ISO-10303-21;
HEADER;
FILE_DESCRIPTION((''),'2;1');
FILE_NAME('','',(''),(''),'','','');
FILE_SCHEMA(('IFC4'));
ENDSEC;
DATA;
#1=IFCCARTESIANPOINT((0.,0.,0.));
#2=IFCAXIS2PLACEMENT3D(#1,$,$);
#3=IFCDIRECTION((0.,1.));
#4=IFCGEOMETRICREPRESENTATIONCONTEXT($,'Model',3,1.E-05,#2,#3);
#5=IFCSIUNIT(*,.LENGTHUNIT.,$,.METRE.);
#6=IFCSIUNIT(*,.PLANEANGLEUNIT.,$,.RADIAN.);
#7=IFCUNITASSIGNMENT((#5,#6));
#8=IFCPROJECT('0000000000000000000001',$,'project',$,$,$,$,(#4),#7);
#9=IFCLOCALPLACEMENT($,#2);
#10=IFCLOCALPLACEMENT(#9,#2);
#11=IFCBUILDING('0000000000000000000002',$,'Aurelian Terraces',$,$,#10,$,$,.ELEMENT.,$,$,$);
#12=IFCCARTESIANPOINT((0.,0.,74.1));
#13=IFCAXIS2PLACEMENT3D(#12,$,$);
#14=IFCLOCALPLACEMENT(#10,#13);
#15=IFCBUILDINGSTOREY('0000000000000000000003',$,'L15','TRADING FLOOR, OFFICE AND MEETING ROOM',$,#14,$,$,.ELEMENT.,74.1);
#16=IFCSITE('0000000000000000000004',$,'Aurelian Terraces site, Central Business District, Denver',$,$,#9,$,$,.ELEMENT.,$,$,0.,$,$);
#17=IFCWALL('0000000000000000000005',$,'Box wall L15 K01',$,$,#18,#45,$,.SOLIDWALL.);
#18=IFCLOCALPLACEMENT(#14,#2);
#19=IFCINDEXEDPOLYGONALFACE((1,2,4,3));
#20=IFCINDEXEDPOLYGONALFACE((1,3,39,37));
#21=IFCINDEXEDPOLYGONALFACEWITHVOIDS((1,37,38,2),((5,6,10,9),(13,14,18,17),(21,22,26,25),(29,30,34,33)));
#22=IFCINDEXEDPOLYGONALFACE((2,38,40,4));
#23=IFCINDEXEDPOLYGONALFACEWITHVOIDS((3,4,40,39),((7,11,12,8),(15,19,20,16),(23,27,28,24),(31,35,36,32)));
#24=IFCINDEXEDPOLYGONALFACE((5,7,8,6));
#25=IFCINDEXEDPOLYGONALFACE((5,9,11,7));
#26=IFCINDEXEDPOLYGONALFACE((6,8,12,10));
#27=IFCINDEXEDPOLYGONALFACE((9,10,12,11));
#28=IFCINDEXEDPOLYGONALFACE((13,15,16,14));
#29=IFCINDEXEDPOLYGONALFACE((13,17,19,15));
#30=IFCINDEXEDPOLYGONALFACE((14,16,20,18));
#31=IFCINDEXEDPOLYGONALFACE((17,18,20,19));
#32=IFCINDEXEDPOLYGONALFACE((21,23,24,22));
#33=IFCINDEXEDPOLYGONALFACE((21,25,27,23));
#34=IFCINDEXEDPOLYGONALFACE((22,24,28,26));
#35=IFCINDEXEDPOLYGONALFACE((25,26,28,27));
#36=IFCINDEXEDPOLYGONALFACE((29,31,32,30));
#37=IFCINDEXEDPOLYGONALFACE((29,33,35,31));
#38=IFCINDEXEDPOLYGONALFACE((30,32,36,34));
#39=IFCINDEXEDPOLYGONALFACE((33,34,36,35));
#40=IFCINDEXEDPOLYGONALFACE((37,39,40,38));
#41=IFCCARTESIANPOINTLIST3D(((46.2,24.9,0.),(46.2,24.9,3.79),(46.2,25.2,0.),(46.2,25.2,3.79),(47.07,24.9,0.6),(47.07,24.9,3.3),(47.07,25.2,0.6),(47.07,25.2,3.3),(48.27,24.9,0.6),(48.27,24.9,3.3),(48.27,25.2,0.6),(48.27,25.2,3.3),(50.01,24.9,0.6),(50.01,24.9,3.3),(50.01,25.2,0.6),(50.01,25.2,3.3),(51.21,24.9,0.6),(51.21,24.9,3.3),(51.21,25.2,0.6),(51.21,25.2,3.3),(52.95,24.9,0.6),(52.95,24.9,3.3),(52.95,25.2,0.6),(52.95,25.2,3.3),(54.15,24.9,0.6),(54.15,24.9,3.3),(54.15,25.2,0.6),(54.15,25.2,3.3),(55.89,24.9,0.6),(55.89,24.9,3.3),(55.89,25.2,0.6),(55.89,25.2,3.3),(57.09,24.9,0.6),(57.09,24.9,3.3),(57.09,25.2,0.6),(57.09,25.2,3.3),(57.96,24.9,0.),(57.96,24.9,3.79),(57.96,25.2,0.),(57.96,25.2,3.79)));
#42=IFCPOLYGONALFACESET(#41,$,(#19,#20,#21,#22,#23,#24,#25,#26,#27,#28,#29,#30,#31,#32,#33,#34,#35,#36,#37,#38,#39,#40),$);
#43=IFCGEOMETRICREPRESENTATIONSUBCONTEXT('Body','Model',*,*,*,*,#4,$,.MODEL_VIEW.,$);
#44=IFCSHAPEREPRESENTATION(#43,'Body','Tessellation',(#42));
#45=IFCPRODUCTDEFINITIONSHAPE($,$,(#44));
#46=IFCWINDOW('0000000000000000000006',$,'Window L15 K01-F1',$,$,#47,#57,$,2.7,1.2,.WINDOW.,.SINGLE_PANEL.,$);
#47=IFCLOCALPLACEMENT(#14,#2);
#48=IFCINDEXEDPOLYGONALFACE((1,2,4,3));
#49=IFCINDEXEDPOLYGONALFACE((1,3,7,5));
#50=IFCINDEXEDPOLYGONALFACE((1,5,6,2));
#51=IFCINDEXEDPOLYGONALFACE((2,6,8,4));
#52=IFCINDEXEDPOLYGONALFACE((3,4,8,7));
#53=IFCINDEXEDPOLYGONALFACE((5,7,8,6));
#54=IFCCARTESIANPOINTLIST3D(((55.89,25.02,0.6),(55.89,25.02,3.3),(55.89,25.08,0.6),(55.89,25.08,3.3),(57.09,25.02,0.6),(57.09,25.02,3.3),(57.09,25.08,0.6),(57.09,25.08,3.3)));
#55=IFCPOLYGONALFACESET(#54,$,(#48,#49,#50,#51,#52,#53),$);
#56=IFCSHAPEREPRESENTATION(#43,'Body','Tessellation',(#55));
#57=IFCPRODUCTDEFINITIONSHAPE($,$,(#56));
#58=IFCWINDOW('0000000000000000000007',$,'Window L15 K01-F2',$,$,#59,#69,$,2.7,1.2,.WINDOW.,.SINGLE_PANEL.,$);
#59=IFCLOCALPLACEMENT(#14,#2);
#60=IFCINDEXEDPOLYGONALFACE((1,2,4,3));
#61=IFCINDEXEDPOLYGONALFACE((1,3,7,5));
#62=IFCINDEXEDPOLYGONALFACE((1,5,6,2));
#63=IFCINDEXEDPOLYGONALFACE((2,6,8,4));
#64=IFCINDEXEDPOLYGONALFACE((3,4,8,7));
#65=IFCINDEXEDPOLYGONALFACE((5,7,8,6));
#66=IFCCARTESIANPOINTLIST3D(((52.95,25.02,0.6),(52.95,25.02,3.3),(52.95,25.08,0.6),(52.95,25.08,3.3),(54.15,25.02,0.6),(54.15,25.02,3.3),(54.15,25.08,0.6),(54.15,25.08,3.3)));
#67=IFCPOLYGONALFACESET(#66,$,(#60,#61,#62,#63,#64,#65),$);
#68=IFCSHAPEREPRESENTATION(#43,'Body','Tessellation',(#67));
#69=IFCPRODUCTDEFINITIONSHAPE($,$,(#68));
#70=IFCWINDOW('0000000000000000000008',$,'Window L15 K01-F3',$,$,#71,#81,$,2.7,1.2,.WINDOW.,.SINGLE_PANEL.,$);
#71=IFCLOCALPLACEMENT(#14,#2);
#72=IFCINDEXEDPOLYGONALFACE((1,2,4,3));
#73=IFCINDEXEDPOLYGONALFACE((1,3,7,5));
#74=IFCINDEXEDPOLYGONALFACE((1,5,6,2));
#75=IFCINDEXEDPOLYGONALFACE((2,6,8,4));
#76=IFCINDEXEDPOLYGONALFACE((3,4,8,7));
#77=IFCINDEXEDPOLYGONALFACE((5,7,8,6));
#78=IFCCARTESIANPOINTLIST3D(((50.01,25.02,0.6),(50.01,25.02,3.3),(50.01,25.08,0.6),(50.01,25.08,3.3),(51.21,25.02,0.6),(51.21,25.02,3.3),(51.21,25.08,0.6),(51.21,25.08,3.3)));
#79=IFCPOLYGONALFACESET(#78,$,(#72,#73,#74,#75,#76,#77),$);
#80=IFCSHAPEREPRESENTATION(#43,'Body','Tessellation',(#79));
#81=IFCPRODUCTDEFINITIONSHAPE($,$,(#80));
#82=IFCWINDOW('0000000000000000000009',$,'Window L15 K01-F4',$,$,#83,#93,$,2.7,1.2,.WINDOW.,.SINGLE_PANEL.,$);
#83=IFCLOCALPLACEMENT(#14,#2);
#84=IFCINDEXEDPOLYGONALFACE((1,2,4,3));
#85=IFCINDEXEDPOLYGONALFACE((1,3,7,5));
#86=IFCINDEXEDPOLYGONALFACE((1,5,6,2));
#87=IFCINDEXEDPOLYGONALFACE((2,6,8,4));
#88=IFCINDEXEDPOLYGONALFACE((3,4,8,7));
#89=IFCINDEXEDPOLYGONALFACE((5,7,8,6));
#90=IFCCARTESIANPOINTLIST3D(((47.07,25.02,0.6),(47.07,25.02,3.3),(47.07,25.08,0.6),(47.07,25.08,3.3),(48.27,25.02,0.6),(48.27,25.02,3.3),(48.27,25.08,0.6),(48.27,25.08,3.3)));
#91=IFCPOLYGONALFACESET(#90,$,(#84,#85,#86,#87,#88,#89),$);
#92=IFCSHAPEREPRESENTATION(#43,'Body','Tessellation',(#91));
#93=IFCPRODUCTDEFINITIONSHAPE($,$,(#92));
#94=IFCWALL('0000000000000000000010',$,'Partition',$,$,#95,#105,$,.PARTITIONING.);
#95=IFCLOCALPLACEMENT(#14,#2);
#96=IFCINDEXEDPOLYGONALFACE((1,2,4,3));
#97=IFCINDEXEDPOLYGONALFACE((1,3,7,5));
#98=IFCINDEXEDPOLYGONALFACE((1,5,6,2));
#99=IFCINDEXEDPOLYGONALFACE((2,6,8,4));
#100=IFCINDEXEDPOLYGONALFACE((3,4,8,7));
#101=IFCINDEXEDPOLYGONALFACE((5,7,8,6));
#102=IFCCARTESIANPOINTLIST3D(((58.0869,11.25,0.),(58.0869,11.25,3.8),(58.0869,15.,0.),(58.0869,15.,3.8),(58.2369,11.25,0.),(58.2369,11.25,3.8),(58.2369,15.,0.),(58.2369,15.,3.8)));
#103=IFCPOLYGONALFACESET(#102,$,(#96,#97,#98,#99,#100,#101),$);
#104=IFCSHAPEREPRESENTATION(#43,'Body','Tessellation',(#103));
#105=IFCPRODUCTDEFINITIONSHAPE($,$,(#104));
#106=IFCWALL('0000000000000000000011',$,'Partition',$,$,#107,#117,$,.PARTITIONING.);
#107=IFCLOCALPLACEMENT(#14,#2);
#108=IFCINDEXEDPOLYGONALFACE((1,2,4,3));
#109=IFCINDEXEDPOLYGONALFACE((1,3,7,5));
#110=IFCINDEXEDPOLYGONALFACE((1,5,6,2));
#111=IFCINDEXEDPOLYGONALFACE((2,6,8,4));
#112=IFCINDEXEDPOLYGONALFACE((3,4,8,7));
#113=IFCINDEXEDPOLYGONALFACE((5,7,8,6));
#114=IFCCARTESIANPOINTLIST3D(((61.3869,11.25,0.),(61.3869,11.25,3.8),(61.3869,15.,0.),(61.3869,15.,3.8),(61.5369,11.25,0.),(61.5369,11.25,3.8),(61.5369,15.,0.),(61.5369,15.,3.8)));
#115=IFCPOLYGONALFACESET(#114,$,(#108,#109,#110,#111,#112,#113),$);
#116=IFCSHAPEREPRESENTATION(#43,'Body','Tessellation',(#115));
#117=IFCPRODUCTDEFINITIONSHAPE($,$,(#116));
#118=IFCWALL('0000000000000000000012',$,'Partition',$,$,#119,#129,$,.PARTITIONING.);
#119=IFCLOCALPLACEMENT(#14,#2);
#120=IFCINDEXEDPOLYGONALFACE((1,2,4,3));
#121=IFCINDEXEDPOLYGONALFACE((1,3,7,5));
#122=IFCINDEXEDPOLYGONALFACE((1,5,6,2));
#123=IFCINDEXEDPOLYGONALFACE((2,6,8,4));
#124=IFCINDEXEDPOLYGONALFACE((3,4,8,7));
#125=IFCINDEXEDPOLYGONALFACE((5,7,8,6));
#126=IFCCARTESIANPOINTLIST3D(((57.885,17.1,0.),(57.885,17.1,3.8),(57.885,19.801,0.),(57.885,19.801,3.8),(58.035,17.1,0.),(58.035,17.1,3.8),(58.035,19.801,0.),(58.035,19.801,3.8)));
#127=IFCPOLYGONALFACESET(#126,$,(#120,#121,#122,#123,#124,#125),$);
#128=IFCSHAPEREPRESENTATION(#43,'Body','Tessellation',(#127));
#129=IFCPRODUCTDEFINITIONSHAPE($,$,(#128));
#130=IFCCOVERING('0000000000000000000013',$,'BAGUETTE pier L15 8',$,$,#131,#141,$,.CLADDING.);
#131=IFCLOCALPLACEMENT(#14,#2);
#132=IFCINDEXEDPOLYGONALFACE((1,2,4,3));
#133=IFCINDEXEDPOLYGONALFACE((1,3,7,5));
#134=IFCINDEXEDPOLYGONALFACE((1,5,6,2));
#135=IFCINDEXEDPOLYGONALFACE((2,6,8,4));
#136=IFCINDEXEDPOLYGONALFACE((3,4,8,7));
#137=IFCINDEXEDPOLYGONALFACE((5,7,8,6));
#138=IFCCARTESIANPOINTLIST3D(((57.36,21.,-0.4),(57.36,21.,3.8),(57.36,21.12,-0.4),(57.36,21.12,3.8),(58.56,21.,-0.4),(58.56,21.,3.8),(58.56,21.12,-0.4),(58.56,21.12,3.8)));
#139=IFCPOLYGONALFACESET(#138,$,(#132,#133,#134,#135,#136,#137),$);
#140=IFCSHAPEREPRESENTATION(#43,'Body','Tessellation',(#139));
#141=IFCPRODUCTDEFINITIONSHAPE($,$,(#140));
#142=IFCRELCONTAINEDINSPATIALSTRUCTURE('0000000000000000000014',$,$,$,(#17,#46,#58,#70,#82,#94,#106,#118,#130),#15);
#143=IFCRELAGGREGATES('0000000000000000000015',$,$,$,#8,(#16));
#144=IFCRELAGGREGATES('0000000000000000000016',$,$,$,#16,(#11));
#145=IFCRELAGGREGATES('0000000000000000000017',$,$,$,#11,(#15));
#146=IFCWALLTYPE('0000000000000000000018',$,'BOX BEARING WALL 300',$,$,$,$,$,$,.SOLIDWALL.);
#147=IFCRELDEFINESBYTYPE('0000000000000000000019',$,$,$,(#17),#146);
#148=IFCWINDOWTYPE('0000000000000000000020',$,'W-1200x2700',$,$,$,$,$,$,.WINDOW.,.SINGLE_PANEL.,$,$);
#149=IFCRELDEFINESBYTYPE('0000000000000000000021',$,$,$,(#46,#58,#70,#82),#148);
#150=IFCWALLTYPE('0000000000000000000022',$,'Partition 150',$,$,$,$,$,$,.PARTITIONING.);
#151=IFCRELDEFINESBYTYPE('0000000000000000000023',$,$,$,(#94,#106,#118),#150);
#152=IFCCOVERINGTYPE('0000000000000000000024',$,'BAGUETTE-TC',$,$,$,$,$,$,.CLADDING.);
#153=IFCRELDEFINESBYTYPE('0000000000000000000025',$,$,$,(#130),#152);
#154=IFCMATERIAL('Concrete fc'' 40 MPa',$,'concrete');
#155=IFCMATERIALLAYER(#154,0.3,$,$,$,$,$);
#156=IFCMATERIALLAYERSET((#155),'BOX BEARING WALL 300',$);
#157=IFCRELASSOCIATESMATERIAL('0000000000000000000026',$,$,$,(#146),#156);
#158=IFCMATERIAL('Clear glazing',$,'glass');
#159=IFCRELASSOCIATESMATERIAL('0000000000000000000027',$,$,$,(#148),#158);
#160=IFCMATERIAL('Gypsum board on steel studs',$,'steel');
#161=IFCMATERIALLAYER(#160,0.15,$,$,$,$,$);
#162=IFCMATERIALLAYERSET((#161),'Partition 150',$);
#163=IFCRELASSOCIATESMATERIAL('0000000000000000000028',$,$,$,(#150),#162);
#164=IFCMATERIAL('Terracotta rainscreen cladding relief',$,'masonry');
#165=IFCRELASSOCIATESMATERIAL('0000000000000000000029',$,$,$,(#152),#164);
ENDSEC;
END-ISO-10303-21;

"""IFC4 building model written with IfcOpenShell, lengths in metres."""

from ifc_helpers import new_model, si_unit, direction, frame, frame_2d, origin, origin_2d, place, context, subcontext, project, spatial, rectangle, extrude, source, transform, mapped, material, layer, layer_set, type_object, element, fill, save


model = new_model("IFC4")

# Units and contexts
model_context = context("Model", 3, precision=1e-05, world=origin(), true_north=direction((0.0, 1.0)))
body_context = subcontext(model_context, "Body", "Model", "MODEL_VIEW")
ifc_project = project(units=[si_unit("LENGTHUNIT", "METRE"), si_unit("PLANEANGLEUNIT", "RADIAN")], contexts=[model_context])

# Site, building, storey
site_placement = place(None, origin())
site = spatial("IfcSite", under=ifc_project, at=site_placement, Name="Aurelian Terraces site, Central Business District, Denver", CompositionType="ELEMENT", RefElevation=0.0)
building_placement = place(site_placement, origin())
building = spatial("IfcBuilding", under=site, at=building_placement, Name="Aurelian Terraces", CompositionType="ELEMENT")
storey_placement = place(building_placement, frame((0.0, 0.0, 74.1)))
storey = spatial("IfcBuildingStorey", under=building, at=storey_placement, Name="L15", Description="TRADING FLOOR, OFFICE AND MEETING ROOM", CompositionType="ELEMENT", Elevation=74.1)

# Shared definitions
ifc_material_1 = material(Name="Concrete fc' 40 MPa", Category="concrete")
ifc_material_2 = material(Name="Clear glazing", Category="glass")

# Wall, openings, windows
ifc_layer_1 = layer(ifc_material_1, 0.3)
ifc_layer_set_1 = layer_set([ifc_layer_1], Name="BOX BEARING WALL 300")
wall_type_1 = type_object("IfcWallType", Name="BOX BEARING WALL 300", PredefinedType="SOLIDWALL", material=ifc_layer_set_1)
shared_shape_1 = source(origin(), body_context, "Body", "SweptSolid", [
    extrude(rectangle(XDim=11.76, YDim=0.3, at=frame_2d((5.88, 0.0))), origin(), (0.0, 0.0, 1.0), 3.79),
])
wall_1_placement = place(storey_placement, frame((57.96, 25.05, 0.0), z_axis=(0.0, 0.0, 1.0), x_axis=(-1.0, 0.0, 0.0)))
wall_1 = element("IfcWall", 1, at=wall_1_placement, inside=storey, type_object=wall_type_1, Name="Box wall L15 K01", PredefinedType="SOLIDWALL", context=body_context, shape_type="MappedRepresentation", body=[
    mapped(shared_shape_1, transform((0.0, 0.0, 0.0), scale=1.0)),
])
shared_shape_2 = source(origin(), body_context, "Body", "SweptSolid", [
    extrude(rectangle(XDim=1.2, YDim=2.7, at=frame_2d((0.6, 1.35))), frame((0.0, 0.16, 0.0), z_axis=(0.0, -1.0, 0.0), x_axis=(1.0, 0.0, 0.0)), (0.0, 0.0, 1.0), 0.32),
])
opening_1_placement = place(wall_1_placement, frame((0.87, 0.0, 0.6)))
opening_1 = element("IfcOpeningElement", 2, at=opening_1_placement, cuts=wall_1, PredefinedType="OPENING", context=body_context, shape_type="MappedRepresentation", body=[
    mapped(shared_shape_2, transform((0.0, 0.0, 0.0), scale=1.0)),
])
opening_2_placement = place(wall_1_placement, frame((3.81, 0.0, 0.6)))
opening_2 = element("IfcOpeningElement", 3, at=opening_2_placement, cuts=wall_1, PredefinedType="OPENING", context=body_context, shape_type="MappedRepresentation", body=[
    mapped(shared_shape_2, transform((0.0, 0.0, 0.0), scale=1.0)),
])
opening_3_placement = place(wall_1_placement, frame((6.75, 0.0, 0.6)))
opening_3 = element("IfcOpeningElement", 4, at=opening_3_placement, cuts=wall_1, PredefinedType="OPENING", context=body_context, shape_type="MappedRepresentation", body=[
    mapped(shared_shape_2, transform((0.0, 0.0, 0.0), scale=1.0)),
])
opening_4_placement = place(wall_1_placement, frame((9.69, 0.0, 0.6)))
opening_4 = element("IfcOpeningElement", 5, at=opening_4_placement, cuts=wall_1, PredefinedType="OPENING", context=body_context, shape_type="MappedRepresentation", body=[
    mapped(shared_shape_2, transform((0.0, 0.0, 0.0), scale=1.0)),
])
window_type_1 = type_object("IfcWindowType", Name="W-1200x2700", PartitioningType="SINGLE_PANEL", PredefinedType="WINDOW", material=ifc_material_2)
shared_shape_3 = source(origin(), body_context, "Body", "SweptSolid", [
    extrude(rectangle(XDim=1.2, YDim=2.7, at=frame_2d((0.6, 1.35))), frame((0.0, 0.03, 0.0), z_axis=(0.0, -1.0, 0.0), x_axis=(1.0, 0.0, 0.0)), (0.0, 0.0, 1.0), 0.06),
])
window_1_placement = place(opening_1_placement, origin())
window_1 = element("IfcWindow", 6, at=window_1_placement, inside=storey, type_object=window_type_1, Name="Window L15 K01-F1", OverallHeight=2.7, OverallWidth=1.2, PartitioningType="SINGLE_PANEL", PredefinedType="WINDOW", context=body_context, shape_type="MappedRepresentation", body=[
    mapped(shared_shape_3, transform((0.0, 0.0, 0.0), scale=1.0)),
])
fill(opening_1, window_1)
window_2_placement = place(opening_2_placement, origin())
window_2 = element("IfcWindow", 7, at=window_2_placement, inside=storey, type_object=window_type_1, Name="Window L15 K01-F2", OverallHeight=2.7, OverallWidth=1.2, PartitioningType="SINGLE_PANEL", PredefinedType="WINDOW", context=body_context, shape_type="MappedRepresentation", body=[
    mapped(shared_shape_3, transform((0.0, 0.0, 0.0), scale=1.0)),
])
fill(opening_2, window_2)
window_3_placement = place(opening_3_placement, origin())
window_3 = element("IfcWindow", 8, at=window_3_placement, inside=storey, type_object=window_type_1, Name="Window L15 K01-F3", OverallHeight=2.7, OverallWidth=1.2, PartitioningType="SINGLE_PANEL", PredefinedType="WINDOW", context=body_context, shape_type="MappedRepresentation", body=[
    mapped(shared_shape_3, transform((0.0, 0.0, 0.0), scale=1.0)),
])
fill(opening_3, window_3)
window_4_placement = place(opening_4_placement, origin())
window_4 = element("IfcWindow", 9, at=window_4_placement, inside=storey, type_object=window_type_1, Name="Window L15 K01-F4", OverallHeight=2.7, OverallWidth=1.2, PartitioningType="SINGLE_PANEL", PredefinedType="WINDOW", context=body_context, shape_type="MappedRepresentation", body=[
    mapped(shared_shape_3, transform((0.0, 0.0, 0.0), scale=1.0)),
])
fill(opening_4, window_4)

# Walls
ifc_material_3 = material(Name="Gypsum board on steel studs", Category="steel")
ifc_layer_2 = layer(ifc_material_3, 0.15)
ifc_layer_set_2 = layer_set([ifc_layer_2], Name="Partition 150")
wall_type_2 = type_object("IfcWallType", Name="Partition 150", PredefinedType="PARTITIONING", material=ifc_layer_set_2)
shared_shape_4 = source(origin(), body_context, "Body", "SweptSolid", [
    extrude(rectangle(XDim=3.75, YDim=0.15, at=frame_2d((1.875, 0.0))), origin(), (0.0, 0.0, 1.0), 3.8),
])
for number, where, z_axis, x_axis, name in (
    (10, (58.1619, 11.25, 0.0), (0.0, 0.0, 1.0), (0.0, 1.0, 0.0), "Partition"),
    (11, (61.4619, 11.25, 0.0), (0.0, 0.0, 1.0), (0.0, 1.0, 0.0), "Partition"),
):
    element("IfcWall", number, at=place(storey_placement, frame(where, z_axis=z_axis, x_axis=x_axis)), inside=storey, type_object=wall_type_2, Name=name, PredefinedType="PARTITIONING", context=body_context, shape_type="MappedRepresentation", body=[
        mapped(shared_shape_4, transform((0.0, 0.0, 0.0), scale=1.0)),
    ])
shared_shape_5 = source(origin(), body_context, "Body", "SweptSolid", [
    extrude(rectangle(XDim=2.701, YDim=0.15, at=frame_2d((1.3505, 0.0))), origin(), (0.0, 0.0, 1.0), 3.8),
])
wall_2_placement = place(storey_placement, frame((57.96, 17.1, 0.0), z_axis=(0.0, 0.0, 1.0), x_axis=(0.0, 1.0, 0.0)))
element("IfcWall", 12, at=wall_2_placement, inside=storey, type_object=wall_type_2, Name="Partition", PredefinedType="PARTITIONING", context=body_context, shape_type="MappedRepresentation", body=[
    mapped(shared_shape_5, transform((0.0, 0.0, 0.0), scale=1.0)),
])

# Covering
ifc_material_4 = material(Name="Terracotta rainscreen cladding relief", Category="masonry")
covering_type = type_object("IfcCoveringType", Name="BAGUETTE-TC", PredefinedType="CLADDING", material=ifc_material_4)
shared_shape_6 = source(origin(), body_context, "Body", "SweptSolid", [
    extrude(rectangle(XDim=1.2, YDim=0.12, at=origin_2d()), origin(), (0.0, 0.0, 1.0), 4.2),
])
covering_placement = place(storey_placement, frame((57.96, 21.06, -0.4), z_axis=(0.0, 0.0, 1.0), x_axis=(1.0, 0.0, 0.0)))
element("IfcCovering", 13, at=covering_placement, inside=storey, type_object=covering_type, Name="BAGUETTE pier L15 8", PredefinedType="CLADDING", context=body_context, shape_type="MappedRepresentation", body=[
    mapped(shared_shape_6, transform((0.0, 0.0, 0.0), scale=1.0)),
])

save(model, "model.ifc")
